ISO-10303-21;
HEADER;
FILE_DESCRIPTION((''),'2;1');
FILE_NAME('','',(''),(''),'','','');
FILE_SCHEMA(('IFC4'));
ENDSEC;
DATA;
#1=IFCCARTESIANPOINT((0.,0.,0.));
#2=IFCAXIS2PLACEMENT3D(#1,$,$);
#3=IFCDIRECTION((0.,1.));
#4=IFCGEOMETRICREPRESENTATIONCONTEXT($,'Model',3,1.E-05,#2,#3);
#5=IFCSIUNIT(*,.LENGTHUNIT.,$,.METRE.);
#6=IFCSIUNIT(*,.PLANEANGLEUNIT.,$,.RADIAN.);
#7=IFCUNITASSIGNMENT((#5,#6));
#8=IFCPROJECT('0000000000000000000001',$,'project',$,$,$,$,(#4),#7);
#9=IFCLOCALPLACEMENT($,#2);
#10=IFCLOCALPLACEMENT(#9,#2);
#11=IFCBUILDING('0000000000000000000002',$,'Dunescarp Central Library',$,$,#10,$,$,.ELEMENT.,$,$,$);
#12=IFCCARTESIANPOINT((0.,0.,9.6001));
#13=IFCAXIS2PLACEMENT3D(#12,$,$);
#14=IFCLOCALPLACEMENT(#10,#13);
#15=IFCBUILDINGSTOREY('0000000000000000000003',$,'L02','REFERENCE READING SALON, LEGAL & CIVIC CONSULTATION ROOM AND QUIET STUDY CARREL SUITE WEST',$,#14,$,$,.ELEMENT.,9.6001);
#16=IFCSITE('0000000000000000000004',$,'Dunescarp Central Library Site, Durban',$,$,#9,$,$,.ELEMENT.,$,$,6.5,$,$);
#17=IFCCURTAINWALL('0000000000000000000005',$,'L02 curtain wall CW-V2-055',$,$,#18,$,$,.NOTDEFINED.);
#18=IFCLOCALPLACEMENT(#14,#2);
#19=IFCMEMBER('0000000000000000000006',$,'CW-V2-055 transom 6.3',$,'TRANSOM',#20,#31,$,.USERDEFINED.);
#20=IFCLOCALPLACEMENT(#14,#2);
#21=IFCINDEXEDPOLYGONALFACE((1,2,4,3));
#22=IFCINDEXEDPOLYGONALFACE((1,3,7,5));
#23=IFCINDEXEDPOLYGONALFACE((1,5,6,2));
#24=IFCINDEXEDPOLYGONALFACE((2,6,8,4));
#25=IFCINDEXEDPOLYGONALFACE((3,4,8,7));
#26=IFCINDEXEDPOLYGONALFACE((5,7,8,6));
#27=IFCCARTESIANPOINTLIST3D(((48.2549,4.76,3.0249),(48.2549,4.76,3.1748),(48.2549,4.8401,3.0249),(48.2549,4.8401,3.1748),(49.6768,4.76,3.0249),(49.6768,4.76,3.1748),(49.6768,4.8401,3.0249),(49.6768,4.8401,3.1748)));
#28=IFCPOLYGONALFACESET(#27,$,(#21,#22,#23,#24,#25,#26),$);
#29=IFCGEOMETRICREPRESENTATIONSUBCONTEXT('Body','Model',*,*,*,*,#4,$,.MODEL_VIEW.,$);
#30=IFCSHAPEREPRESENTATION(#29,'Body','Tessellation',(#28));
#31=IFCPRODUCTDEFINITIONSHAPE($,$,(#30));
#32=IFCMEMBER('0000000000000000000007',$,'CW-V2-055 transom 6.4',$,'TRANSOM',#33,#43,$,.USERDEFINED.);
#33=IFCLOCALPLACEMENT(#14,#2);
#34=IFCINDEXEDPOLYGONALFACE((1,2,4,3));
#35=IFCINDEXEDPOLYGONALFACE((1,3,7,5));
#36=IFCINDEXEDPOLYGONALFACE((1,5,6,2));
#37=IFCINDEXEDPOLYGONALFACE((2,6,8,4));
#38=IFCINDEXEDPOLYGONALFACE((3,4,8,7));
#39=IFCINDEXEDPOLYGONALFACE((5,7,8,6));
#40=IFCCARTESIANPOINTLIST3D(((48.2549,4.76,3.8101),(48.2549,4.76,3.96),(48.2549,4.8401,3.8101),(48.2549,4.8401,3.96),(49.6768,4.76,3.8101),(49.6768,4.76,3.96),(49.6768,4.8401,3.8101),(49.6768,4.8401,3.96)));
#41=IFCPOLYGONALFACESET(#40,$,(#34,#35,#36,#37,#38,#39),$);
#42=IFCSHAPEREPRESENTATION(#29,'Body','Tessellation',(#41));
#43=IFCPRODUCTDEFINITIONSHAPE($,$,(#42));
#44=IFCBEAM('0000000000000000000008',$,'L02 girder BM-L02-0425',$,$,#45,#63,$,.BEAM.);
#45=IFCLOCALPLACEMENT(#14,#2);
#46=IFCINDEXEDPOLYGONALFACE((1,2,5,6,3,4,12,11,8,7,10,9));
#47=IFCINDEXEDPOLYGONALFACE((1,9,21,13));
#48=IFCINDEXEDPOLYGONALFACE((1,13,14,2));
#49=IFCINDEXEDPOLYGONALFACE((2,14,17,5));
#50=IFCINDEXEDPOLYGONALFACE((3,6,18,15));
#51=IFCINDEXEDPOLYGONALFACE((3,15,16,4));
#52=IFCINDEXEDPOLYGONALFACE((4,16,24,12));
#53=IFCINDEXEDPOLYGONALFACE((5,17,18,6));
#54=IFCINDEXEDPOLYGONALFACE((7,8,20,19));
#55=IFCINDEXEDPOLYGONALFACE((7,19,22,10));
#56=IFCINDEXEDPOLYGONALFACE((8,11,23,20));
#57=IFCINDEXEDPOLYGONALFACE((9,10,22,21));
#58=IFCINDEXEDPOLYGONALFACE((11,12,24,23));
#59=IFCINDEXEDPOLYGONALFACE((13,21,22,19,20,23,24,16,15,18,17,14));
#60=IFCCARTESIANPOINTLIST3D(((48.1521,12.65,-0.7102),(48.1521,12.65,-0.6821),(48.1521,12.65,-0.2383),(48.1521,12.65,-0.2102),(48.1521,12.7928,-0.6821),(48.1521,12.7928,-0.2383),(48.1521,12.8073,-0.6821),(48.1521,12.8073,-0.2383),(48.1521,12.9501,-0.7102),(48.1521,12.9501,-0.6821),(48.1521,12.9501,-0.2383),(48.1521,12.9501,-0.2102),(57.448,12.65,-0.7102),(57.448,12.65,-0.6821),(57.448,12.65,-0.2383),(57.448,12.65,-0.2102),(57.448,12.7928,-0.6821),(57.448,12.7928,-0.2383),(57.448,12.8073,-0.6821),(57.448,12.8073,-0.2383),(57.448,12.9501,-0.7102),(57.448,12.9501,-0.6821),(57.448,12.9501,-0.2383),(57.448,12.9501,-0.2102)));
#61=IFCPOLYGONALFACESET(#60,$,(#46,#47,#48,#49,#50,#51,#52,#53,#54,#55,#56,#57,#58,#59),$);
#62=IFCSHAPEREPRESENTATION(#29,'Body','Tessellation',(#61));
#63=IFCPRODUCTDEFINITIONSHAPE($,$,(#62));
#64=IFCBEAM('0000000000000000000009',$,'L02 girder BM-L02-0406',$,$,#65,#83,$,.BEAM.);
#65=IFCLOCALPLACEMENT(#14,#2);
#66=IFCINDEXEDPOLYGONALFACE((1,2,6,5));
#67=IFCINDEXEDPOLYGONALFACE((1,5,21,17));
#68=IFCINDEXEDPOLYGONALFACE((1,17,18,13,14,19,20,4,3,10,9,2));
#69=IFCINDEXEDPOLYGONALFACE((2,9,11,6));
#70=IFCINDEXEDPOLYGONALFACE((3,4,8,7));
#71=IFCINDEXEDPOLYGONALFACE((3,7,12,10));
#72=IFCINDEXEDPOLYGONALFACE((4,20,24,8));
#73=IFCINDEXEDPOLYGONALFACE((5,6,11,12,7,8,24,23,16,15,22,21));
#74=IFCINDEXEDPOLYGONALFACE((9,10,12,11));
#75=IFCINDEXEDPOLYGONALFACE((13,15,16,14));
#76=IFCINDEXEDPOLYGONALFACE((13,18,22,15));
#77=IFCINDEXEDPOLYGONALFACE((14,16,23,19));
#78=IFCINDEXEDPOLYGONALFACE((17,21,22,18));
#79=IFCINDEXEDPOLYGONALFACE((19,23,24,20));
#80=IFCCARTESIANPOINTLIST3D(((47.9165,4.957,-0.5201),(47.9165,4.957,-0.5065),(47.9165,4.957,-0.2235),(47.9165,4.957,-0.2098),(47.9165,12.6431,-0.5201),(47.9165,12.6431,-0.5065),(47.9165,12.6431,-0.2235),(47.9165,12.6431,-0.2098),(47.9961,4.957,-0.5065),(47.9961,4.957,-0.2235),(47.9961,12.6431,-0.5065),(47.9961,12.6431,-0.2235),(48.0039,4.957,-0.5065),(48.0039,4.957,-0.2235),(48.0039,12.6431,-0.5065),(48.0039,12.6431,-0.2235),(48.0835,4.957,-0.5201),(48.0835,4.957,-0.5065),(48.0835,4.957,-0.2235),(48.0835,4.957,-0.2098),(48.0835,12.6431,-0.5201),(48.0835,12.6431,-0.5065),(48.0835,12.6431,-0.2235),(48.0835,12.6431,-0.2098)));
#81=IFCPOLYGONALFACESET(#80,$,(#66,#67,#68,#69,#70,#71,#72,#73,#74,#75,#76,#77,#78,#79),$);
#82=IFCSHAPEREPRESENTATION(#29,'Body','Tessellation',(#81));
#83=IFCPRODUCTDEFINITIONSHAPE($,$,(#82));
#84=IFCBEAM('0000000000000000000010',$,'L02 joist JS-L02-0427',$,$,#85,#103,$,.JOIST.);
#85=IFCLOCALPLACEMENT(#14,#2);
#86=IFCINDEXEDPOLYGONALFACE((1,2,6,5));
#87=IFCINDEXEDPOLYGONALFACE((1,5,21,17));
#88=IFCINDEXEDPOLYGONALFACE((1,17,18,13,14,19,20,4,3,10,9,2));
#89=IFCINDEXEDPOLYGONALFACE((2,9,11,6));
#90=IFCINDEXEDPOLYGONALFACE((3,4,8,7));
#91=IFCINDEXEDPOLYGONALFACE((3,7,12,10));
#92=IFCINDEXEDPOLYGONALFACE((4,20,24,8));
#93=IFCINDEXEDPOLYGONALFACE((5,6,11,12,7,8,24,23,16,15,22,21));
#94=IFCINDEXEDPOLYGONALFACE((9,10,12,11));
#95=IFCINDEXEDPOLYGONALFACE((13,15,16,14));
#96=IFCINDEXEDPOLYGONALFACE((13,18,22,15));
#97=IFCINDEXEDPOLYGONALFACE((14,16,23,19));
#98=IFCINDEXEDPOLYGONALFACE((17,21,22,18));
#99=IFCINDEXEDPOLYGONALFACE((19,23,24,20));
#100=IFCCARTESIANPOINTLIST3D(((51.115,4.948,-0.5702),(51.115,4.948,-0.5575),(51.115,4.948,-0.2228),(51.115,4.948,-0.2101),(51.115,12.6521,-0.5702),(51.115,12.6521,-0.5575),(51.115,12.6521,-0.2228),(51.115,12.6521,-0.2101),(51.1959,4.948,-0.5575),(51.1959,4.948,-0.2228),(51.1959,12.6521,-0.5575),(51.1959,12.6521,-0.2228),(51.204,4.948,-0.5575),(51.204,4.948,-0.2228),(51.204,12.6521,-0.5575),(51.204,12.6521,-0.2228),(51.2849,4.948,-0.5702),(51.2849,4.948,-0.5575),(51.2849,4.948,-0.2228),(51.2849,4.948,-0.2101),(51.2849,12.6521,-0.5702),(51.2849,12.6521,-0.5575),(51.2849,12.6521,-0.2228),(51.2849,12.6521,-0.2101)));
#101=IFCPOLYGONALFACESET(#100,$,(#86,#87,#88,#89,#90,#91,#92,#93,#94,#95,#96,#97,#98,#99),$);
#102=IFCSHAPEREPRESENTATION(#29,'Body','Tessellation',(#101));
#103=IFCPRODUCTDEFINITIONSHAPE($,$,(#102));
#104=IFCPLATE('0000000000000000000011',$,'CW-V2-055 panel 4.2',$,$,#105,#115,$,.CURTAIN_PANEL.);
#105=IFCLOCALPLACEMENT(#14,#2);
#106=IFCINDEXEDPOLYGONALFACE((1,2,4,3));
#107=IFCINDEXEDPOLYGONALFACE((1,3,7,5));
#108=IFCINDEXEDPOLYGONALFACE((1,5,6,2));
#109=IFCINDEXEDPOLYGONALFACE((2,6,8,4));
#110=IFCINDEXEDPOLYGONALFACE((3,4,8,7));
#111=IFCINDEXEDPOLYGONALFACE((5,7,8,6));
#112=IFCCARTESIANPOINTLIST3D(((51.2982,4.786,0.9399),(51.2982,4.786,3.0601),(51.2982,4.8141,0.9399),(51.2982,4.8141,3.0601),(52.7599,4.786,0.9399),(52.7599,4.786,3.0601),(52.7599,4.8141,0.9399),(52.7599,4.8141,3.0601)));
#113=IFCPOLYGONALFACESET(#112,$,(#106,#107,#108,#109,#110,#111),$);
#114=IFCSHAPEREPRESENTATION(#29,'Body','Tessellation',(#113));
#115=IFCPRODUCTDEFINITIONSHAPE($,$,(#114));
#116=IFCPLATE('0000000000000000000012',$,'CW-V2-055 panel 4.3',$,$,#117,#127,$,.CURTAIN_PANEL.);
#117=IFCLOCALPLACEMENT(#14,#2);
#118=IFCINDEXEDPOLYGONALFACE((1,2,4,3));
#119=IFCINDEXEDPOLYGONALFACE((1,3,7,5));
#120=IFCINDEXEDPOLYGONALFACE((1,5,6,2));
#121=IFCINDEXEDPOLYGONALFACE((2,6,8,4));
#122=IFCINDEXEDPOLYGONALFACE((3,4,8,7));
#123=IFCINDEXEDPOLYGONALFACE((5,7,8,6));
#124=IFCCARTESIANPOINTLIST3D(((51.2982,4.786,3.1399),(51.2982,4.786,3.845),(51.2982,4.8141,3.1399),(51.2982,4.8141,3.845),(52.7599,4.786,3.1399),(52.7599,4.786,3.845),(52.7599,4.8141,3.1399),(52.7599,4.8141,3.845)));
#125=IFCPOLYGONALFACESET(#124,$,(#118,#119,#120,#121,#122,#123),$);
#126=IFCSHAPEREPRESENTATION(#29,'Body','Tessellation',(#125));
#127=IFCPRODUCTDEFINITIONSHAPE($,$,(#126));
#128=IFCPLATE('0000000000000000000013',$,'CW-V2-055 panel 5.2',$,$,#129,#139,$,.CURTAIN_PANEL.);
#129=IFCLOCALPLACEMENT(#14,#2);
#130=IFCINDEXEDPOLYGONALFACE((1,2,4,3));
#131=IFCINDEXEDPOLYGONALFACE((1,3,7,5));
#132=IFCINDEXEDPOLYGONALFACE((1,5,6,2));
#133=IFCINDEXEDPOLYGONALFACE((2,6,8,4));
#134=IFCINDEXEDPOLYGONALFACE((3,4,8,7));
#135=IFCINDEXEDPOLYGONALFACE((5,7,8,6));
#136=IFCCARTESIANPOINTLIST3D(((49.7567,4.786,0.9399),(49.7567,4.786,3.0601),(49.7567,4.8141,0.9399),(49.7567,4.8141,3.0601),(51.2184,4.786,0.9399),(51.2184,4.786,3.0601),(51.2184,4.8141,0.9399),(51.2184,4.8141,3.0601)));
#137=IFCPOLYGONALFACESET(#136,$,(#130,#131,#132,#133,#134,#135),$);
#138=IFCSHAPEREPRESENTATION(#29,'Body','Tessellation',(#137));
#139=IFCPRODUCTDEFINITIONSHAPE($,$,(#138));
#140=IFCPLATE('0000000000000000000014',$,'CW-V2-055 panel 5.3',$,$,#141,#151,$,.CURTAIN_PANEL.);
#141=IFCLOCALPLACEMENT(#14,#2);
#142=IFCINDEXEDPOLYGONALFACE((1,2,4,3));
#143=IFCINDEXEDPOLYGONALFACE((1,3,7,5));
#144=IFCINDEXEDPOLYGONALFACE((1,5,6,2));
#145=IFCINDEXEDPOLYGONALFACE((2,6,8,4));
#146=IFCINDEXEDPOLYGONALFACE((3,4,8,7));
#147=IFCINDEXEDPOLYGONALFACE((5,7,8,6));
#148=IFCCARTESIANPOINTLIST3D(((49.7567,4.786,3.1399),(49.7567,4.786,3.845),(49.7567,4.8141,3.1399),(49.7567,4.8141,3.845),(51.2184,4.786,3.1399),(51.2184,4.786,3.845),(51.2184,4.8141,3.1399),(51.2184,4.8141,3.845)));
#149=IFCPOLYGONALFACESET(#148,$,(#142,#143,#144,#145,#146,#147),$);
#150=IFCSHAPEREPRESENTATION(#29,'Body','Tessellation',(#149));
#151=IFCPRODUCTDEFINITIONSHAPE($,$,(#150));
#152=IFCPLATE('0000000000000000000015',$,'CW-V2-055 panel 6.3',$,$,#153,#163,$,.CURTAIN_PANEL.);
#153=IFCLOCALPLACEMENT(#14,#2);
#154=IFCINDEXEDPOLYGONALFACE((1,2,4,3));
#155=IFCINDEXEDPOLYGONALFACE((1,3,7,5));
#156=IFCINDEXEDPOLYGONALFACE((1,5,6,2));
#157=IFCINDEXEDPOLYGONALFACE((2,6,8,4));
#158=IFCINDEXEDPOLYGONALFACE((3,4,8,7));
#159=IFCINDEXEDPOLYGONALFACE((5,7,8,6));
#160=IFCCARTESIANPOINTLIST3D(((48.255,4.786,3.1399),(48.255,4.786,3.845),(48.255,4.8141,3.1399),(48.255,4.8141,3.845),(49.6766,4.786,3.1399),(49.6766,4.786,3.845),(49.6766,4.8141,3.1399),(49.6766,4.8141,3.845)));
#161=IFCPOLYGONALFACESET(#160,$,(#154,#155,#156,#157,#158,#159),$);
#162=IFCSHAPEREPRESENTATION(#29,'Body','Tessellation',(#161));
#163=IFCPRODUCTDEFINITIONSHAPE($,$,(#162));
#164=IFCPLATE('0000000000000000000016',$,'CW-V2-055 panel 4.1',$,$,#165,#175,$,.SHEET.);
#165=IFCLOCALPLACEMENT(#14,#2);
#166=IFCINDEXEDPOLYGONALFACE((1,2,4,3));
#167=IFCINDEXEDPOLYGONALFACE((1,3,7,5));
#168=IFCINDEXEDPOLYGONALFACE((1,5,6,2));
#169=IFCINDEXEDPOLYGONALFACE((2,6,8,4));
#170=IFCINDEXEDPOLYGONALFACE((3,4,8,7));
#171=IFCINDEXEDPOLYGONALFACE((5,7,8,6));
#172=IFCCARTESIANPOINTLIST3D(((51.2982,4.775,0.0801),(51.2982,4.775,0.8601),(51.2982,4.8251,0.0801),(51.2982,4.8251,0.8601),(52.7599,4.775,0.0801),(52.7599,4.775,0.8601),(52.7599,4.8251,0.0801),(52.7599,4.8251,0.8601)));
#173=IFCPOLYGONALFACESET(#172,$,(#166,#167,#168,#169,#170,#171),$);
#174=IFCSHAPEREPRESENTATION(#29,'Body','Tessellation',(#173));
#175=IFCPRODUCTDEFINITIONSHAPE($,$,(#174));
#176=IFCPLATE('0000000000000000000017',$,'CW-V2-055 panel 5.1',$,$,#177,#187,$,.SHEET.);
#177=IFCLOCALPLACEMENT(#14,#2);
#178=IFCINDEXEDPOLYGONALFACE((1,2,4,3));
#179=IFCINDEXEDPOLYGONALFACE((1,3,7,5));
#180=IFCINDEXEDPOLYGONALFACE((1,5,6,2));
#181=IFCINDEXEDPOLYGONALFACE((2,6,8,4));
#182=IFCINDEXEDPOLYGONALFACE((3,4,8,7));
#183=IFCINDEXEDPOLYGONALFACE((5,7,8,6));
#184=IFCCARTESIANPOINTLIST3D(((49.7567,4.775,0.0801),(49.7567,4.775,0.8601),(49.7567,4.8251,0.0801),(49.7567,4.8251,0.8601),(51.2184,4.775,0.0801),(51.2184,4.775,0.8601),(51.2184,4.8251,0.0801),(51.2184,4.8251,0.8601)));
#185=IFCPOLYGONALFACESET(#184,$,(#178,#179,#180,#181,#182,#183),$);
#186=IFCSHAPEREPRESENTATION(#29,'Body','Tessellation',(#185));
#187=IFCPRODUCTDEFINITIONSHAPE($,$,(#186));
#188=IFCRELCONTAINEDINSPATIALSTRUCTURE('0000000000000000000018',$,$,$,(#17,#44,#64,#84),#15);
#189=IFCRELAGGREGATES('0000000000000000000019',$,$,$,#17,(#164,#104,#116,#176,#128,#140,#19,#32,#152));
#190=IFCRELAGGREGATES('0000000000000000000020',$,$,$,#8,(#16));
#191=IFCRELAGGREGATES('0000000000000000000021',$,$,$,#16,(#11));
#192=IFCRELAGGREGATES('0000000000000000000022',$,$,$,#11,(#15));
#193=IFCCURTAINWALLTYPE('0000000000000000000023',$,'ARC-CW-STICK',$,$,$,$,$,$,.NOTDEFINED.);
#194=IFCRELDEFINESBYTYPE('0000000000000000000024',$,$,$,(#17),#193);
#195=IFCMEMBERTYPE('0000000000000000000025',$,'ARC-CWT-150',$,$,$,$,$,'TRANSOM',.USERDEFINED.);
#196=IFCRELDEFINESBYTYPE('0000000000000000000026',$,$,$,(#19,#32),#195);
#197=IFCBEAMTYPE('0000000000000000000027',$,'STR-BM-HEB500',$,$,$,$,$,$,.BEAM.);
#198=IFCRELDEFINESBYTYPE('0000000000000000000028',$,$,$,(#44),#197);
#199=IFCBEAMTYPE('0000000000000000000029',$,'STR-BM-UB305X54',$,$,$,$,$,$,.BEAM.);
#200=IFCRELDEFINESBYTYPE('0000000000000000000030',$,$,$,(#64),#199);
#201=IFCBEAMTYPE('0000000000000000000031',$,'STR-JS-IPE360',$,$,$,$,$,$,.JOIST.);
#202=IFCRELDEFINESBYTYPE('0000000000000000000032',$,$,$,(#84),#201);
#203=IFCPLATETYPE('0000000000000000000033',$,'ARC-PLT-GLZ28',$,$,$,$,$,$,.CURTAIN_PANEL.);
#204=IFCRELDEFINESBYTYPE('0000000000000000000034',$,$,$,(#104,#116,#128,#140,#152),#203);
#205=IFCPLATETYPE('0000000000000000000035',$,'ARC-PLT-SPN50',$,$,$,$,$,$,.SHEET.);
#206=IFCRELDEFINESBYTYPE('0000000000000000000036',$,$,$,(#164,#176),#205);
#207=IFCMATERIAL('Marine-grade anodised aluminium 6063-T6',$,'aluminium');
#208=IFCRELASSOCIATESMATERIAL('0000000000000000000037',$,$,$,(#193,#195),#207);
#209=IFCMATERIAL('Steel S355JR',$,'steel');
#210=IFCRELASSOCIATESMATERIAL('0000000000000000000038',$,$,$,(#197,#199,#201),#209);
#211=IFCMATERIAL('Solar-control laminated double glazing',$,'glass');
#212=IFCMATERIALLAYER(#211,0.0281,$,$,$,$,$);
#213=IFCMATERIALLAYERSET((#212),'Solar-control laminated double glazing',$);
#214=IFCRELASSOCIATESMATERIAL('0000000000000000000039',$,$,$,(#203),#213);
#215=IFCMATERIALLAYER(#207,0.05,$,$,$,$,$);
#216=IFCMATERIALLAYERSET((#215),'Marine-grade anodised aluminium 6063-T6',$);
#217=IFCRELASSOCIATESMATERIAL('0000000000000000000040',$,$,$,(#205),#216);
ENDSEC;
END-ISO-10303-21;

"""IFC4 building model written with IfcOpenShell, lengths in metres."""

from ifc_helpers import new_model, si_unit, direction, frame, origin, origin_2d, place, context, subcontext, project, spatial, rectangle, i_section, extrude, material, layer, layer_set, material_profile, profile_set, type_object, element, aggregate, save


model = new_model("IFC4")

# Units and contexts
model_context = context("Model", 3, precision=1e-05, world=origin(), true_north=direction((0.0, 1.0)))
body_context = subcontext(model_context, "Body", "Model", "MODEL_VIEW")
ifc_project = project(units=[si_unit("LENGTHUNIT", "METRE"), si_unit("PLANEANGLEUNIT", "RADIAN")], contexts=[model_context])

# Site, building, storey
site_placement = place(None, origin())
site = spatial("IfcSite", under=ifc_project, at=site_placement, Name="Dunescarp Central Library Site, Durban", CompositionType="ELEMENT", RefElevation=6.5)
building_placement = place(site_placement, origin())
building = spatial("IfcBuilding", under=site, at=building_placement, Name="Dunescarp Central Library", CompositionType="ELEMENT")
storey_placement = place(building_placement, frame((0.0, 0.0, 9.6001)))
storey = spatial("IfcBuildingStorey", under=building, at=storey_placement, Name="L02", Description="REFERENCE READING SALON, LEGAL & CIVIC CONSULTATION ROOM AND QUIET STUDY CARREL SUITE WEST", CompositionType="ELEMENT", Elevation=9.6001)

# Shared definitions
ifc_material_1 = material(Name="Steel S355JR", Category="steel")

# Curtain wall, members
ifc_material_2 = material(Name="Marine-grade anodised aluminium 6063-T6", Category="aluminium")
curtain_wall_type = type_object("IfcCurtainWallType", Name="ARC-CW-STICK", PredefinedType="NOTDEFINED", material=ifc_material_2)
curtain_wall_placement = place(storey_placement, origin())
curtain_wall = element("IfcCurtainWall", 1, at=curtain_wall_placement, inside=storey, type_object=curtain_wall_type, Name="L02 curtain wall CW-V2-055", PredefinedType="NOTDEFINED")
ifc_material_profile_1 = material_profile(ifc_material_2, rectangle(XDim=0.0801, YDim=0.1499, at=origin_2d()), Name="AL 80x150")
ifc_profile_set_1 = profile_set([ifc_material_profile_1], Name="Marine-grade anodised aluminium 6063-T6")
member_type_1 = type_object("IfcMemberType", Name="ARC-CWT-150", ElementType="TRANSOM", PredefinedType="USERDEFINED", material=ifc_profile_set_1)
member_1_placement = place(storey_placement, frame((49.6768, 4.8, 3.0999), z_axis=(-1.0, 0.0, 0.0), x_axis=(0.0, -1.0, 0.0)))
member_1 = element("IfcMember", 2, at=member_1_placement, type_object=member_type_1, Name="CW-V2-055 transom 6.3", ObjectType="TRANSOM", PredefinedType="USERDEFINED", context=body_context, shape_type="SweptSolid", body=[
    extrude(rectangle(XDim=0.0801, YDim=0.1499, at=origin_2d()), origin(), (0.0, 0.0, 1.0), 1.4219),
])
member_2_placement = place(storey_placement, frame((49.6768, 4.8, 3.885), z_axis=(-1.0, 0.0, 0.0), x_axis=(0.0, -1.0, 0.0)))
member_2 = element("IfcMember", 3, at=member_2_placement, type_object=member_type_1, Name="CW-V2-055 transom 6.4", ObjectType="TRANSOM", PredefinedType="USERDEFINED", context=body_context, shape_type="SweptSolid", body=[
    extrude(rectangle(XDim=0.0801, YDim=0.1499, at=origin_2d()), origin(), (0.0, 0.0, 1.0), 1.4219),
])

# Beams
ifc_material_profile_2 = material_profile(ifc_material_1, i_section(OverallWidth=0.3, OverallDepth=0.5, WebThickness=0.0144, FlangeThickness=0.0281, at=origin_2d()), Name="HEB 500")
ifc_profile_set_2 = profile_set([ifc_material_profile_2], Name="Steel S355JR")
beam_type_1 = type_object("IfcBeamType", Name="STR-BM-HEB500", PredefinedType="BEAM", material=ifc_profile_set_2)
beam_1_placement = place(storey_placement, frame((48.1521, 12.8, -0.4602), z_axis=(1.0, 0.0, 0.0), x_axis=(0.0, 1.0, 0.0)))
element("IfcBeam", 4, at=beam_1_placement, inside=storey, type_object=beam_type_1, Name="L02 girder BM-L02-0425", PredefinedType="BEAM", context=body_context, shape_type="SweptSolid", body=[
    extrude(i_section(OverallWidth=0.3, OverallDepth=0.5, WebThickness=0.0144, FlangeThickness=0.0281, at=origin_2d()), origin(), (0.0, 0.0, 1.0), 9.2959),
])
ifc_material_profile_3 = material_profile(ifc_material_1, i_section(OverallWidth=0.167, OverallDepth=0.3103, WebThickness=0.0078, FlangeThickness=0.0137, at=origin_2d()), Name="UB 305x165x54")
ifc_profile_set_3 = profile_set([ifc_material_profile_3], Name="Steel S355JR")
beam_type_2 = type_object("IfcBeamType", Name="STR-BM-UB305X54", PredefinedType="BEAM", material=ifc_profile_set_3)
beam_2_placement = place(storey_placement, frame((48.0, 4.957, -0.365), z_axis=(0.0, 1.0, 0.0), x_axis=(-1.0, 0.0, 0.0)))
element("IfcBeam", 5, at=beam_2_placement, inside=storey, type_object=beam_type_2, Name="L02 girder BM-L02-0406", PredefinedType="BEAM", context=body_context, shape_type="SweptSolid", body=[
    extrude(i_section(OverallWidth=0.167, OverallDepth=0.3103, WebThickness=0.0078, FlangeThickness=0.0137, at=origin_2d()), origin(), (0.0, 0.0, 1.0), 7.686),
])
ifc_material_profile_4 = material_profile(ifc_material_1, i_section(OverallWidth=0.1699, OverallDepth=0.3601, WebThickness=0.0081, FlangeThickness=0.0127, at=origin_2d()), Name="IPE 360")
ifc_profile_set_4 = profile_set([ifc_material_profile_4], Name="Steel S355JR")
beam_type_3 = type_object("IfcBeamType", Name="STR-JS-IPE360", PredefinedType="JOIST", material=ifc_profile_set_4)
beam_3_placement = place(storey_placement, frame((51.2, 4.948, -0.3901), z_axis=(0.0, 1.0, 0.0), x_axis=(-1.0, 0.0, 0.0)))
element("IfcBeam", 6, at=beam_3_placement, inside=storey, type_object=beam_type_3, Name="L02 joist JS-L02-0427", PredefinedType="JOIST", context=body_context, shape_type="SweptSolid", body=[
    extrude(i_section(OverallWidth=0.1699, OverallDepth=0.3601, WebThickness=0.0081, FlangeThickness=0.0127, at=origin_2d()), origin(), (0.0, 0.0, 1.0), 7.7041),
])

# Plates
ifc_material_3 = material(Name="Solar-control laminated double glazing", Category="glass")
ifc_layer_1 = layer(ifc_material_3, 0.0281)
ifc_layer_set_1 = layer_set([ifc_layer_1], Name="Solar-control laminated double glazing")
plate_type_1 = type_object("IfcPlateType", Name="ARC-PLT-GLZ28", PredefinedType="CURTAIN_PANEL", material=ifc_layer_set_1)
plate_1_placement = place(storey_placement, frame((52.0291, 4.8, 0.9399), z_axis=(0.0, 0.0, 1.0), x_axis=(-1.0, 0.0, 0.0)))
plate_1 = element("IfcPlate", 7, at=plate_1_placement, type_object=plate_type_1, Name="CW-V2-055 panel 4.2", PredefinedType="CURTAIN_PANEL", context=body_context, shape_type="SweptSolid", body=[
    extrude(rectangle(XDim=1.4617, YDim=0.0281, at=origin_2d()), origin(), (0.0, 0.0, 1.0), 2.1201),
])
plate_2_placement = place(storey_placement, frame((52.0291, 4.8, 3.1399), z_axis=(0.0, 0.0, 1.0), x_axis=(-1.0, 0.0, 0.0)))
plate_2 = element("IfcPlate", 8, at=plate_2_placement, type_object=plate_type_1, Name="CW-V2-055 panel 4.3", PredefinedType="CURTAIN_PANEL", context=body_context, shape_type="SweptSolid", body=[
    extrude(rectangle(XDim=1.4617, YDim=0.0281, at=origin_2d()), origin(), (0.0, 0.0, 1.0), 0.7051),
])
plate_3_placement = place(storey_placement, frame((50.4875, 4.8, 0.9399), z_axis=(0.0, 0.0, 1.0), x_axis=(-1.0, 0.0, 0.0)))
plate_3 = element("IfcPlate", 9, at=plate_3_placement, type_object=plate_type_1, Name="CW-V2-055 panel 5.2", PredefinedType="CURTAIN_PANEL", context=body_context, shape_type="SweptSolid", body=[
    extrude(rectangle(XDim=1.4617, YDim=0.0281, at=origin_2d()), origin(), (0.0, 0.0, 1.0), 2.1201),
])
plate_4_placement = place(storey_placement, frame((50.4875, 4.8, 3.1399), z_axis=(0.0, 0.0, 1.0), x_axis=(-1.0, 0.0, 0.0)))
plate_4 = element("IfcPlate", 10, at=plate_4_placement, type_object=plate_type_1, Name="CW-V2-055 panel 5.3", PredefinedType="CURTAIN_PANEL", context=body_context, shape_type="SweptSolid", body=[
    extrude(rectangle(XDim=1.4617, YDim=0.0281, at=origin_2d()), origin(), (0.0, 0.0, 1.0), 0.7051),
])
plate_5_placement = place(storey_placement, frame((48.9658, 4.8, 3.1399), z_axis=(0.0, 0.0, 1.0), x_axis=(-1.0, 0.0, 0.0)))
plate_5 = element("IfcPlate", 11, at=plate_5_placement, type_object=plate_type_1, Name="CW-V2-055 panel 6.3", PredefinedType="CURTAIN_PANEL", context=body_context, shape_type="SweptSolid", body=[
    extrude(rectangle(XDim=1.4216, YDim=0.0281, at=origin_2d()), origin(), (0.0, 0.0, 1.0), 0.7051),
])
ifc_layer_2 = layer(ifc_material_2, 0.05)
ifc_layer_set_2 = layer_set([ifc_layer_2], Name="Marine-grade anodised aluminium 6063-T6")
plate_type_2 = type_object("IfcPlateType", Name="ARC-PLT-SPN50", PredefinedType="SHEET", material=ifc_layer_set_2)
plate_6_placement = place(storey_placement, frame((52.0291, 4.8, 0.0801), z_axis=(0.0, 0.0, 1.0), x_axis=(-1.0, 0.0, 0.0)))
plate_6 = element("IfcPlate", 12, at=plate_6_placement, type_object=plate_type_2, Name="CW-V2-055 panel 4.1", PredefinedType="SHEET", context=body_context, shape_type="SweptSolid", body=[
    extrude(rectangle(XDim=1.4617, YDim=0.05, at=origin_2d()), origin(), (0.0, 0.0, 1.0), 0.78),
])
plate_7_placement = place(storey_placement, frame((50.4875, 4.8, 0.0801), z_axis=(0.0, 0.0, 1.0), x_axis=(-1.0, 0.0, 0.0)))
plate_7 = element("IfcPlate", 13, at=plate_7_placement, type_object=plate_type_2, Name="CW-V2-055 panel 5.1", PredefinedType="SHEET", context=body_context, shape_type="SweptSolid", body=[
    extrude(rectangle(XDim=1.4617, YDim=0.05, at=origin_2d()), origin(), (0.0, 0.0, 1.0), 0.78),
])
aggregate(curtain_wall, [plate_6, plate_1, plate_2, plate_7, plate_3, plate_4, member_1, member_2, plate_5])

save(model, "model.ifc")
